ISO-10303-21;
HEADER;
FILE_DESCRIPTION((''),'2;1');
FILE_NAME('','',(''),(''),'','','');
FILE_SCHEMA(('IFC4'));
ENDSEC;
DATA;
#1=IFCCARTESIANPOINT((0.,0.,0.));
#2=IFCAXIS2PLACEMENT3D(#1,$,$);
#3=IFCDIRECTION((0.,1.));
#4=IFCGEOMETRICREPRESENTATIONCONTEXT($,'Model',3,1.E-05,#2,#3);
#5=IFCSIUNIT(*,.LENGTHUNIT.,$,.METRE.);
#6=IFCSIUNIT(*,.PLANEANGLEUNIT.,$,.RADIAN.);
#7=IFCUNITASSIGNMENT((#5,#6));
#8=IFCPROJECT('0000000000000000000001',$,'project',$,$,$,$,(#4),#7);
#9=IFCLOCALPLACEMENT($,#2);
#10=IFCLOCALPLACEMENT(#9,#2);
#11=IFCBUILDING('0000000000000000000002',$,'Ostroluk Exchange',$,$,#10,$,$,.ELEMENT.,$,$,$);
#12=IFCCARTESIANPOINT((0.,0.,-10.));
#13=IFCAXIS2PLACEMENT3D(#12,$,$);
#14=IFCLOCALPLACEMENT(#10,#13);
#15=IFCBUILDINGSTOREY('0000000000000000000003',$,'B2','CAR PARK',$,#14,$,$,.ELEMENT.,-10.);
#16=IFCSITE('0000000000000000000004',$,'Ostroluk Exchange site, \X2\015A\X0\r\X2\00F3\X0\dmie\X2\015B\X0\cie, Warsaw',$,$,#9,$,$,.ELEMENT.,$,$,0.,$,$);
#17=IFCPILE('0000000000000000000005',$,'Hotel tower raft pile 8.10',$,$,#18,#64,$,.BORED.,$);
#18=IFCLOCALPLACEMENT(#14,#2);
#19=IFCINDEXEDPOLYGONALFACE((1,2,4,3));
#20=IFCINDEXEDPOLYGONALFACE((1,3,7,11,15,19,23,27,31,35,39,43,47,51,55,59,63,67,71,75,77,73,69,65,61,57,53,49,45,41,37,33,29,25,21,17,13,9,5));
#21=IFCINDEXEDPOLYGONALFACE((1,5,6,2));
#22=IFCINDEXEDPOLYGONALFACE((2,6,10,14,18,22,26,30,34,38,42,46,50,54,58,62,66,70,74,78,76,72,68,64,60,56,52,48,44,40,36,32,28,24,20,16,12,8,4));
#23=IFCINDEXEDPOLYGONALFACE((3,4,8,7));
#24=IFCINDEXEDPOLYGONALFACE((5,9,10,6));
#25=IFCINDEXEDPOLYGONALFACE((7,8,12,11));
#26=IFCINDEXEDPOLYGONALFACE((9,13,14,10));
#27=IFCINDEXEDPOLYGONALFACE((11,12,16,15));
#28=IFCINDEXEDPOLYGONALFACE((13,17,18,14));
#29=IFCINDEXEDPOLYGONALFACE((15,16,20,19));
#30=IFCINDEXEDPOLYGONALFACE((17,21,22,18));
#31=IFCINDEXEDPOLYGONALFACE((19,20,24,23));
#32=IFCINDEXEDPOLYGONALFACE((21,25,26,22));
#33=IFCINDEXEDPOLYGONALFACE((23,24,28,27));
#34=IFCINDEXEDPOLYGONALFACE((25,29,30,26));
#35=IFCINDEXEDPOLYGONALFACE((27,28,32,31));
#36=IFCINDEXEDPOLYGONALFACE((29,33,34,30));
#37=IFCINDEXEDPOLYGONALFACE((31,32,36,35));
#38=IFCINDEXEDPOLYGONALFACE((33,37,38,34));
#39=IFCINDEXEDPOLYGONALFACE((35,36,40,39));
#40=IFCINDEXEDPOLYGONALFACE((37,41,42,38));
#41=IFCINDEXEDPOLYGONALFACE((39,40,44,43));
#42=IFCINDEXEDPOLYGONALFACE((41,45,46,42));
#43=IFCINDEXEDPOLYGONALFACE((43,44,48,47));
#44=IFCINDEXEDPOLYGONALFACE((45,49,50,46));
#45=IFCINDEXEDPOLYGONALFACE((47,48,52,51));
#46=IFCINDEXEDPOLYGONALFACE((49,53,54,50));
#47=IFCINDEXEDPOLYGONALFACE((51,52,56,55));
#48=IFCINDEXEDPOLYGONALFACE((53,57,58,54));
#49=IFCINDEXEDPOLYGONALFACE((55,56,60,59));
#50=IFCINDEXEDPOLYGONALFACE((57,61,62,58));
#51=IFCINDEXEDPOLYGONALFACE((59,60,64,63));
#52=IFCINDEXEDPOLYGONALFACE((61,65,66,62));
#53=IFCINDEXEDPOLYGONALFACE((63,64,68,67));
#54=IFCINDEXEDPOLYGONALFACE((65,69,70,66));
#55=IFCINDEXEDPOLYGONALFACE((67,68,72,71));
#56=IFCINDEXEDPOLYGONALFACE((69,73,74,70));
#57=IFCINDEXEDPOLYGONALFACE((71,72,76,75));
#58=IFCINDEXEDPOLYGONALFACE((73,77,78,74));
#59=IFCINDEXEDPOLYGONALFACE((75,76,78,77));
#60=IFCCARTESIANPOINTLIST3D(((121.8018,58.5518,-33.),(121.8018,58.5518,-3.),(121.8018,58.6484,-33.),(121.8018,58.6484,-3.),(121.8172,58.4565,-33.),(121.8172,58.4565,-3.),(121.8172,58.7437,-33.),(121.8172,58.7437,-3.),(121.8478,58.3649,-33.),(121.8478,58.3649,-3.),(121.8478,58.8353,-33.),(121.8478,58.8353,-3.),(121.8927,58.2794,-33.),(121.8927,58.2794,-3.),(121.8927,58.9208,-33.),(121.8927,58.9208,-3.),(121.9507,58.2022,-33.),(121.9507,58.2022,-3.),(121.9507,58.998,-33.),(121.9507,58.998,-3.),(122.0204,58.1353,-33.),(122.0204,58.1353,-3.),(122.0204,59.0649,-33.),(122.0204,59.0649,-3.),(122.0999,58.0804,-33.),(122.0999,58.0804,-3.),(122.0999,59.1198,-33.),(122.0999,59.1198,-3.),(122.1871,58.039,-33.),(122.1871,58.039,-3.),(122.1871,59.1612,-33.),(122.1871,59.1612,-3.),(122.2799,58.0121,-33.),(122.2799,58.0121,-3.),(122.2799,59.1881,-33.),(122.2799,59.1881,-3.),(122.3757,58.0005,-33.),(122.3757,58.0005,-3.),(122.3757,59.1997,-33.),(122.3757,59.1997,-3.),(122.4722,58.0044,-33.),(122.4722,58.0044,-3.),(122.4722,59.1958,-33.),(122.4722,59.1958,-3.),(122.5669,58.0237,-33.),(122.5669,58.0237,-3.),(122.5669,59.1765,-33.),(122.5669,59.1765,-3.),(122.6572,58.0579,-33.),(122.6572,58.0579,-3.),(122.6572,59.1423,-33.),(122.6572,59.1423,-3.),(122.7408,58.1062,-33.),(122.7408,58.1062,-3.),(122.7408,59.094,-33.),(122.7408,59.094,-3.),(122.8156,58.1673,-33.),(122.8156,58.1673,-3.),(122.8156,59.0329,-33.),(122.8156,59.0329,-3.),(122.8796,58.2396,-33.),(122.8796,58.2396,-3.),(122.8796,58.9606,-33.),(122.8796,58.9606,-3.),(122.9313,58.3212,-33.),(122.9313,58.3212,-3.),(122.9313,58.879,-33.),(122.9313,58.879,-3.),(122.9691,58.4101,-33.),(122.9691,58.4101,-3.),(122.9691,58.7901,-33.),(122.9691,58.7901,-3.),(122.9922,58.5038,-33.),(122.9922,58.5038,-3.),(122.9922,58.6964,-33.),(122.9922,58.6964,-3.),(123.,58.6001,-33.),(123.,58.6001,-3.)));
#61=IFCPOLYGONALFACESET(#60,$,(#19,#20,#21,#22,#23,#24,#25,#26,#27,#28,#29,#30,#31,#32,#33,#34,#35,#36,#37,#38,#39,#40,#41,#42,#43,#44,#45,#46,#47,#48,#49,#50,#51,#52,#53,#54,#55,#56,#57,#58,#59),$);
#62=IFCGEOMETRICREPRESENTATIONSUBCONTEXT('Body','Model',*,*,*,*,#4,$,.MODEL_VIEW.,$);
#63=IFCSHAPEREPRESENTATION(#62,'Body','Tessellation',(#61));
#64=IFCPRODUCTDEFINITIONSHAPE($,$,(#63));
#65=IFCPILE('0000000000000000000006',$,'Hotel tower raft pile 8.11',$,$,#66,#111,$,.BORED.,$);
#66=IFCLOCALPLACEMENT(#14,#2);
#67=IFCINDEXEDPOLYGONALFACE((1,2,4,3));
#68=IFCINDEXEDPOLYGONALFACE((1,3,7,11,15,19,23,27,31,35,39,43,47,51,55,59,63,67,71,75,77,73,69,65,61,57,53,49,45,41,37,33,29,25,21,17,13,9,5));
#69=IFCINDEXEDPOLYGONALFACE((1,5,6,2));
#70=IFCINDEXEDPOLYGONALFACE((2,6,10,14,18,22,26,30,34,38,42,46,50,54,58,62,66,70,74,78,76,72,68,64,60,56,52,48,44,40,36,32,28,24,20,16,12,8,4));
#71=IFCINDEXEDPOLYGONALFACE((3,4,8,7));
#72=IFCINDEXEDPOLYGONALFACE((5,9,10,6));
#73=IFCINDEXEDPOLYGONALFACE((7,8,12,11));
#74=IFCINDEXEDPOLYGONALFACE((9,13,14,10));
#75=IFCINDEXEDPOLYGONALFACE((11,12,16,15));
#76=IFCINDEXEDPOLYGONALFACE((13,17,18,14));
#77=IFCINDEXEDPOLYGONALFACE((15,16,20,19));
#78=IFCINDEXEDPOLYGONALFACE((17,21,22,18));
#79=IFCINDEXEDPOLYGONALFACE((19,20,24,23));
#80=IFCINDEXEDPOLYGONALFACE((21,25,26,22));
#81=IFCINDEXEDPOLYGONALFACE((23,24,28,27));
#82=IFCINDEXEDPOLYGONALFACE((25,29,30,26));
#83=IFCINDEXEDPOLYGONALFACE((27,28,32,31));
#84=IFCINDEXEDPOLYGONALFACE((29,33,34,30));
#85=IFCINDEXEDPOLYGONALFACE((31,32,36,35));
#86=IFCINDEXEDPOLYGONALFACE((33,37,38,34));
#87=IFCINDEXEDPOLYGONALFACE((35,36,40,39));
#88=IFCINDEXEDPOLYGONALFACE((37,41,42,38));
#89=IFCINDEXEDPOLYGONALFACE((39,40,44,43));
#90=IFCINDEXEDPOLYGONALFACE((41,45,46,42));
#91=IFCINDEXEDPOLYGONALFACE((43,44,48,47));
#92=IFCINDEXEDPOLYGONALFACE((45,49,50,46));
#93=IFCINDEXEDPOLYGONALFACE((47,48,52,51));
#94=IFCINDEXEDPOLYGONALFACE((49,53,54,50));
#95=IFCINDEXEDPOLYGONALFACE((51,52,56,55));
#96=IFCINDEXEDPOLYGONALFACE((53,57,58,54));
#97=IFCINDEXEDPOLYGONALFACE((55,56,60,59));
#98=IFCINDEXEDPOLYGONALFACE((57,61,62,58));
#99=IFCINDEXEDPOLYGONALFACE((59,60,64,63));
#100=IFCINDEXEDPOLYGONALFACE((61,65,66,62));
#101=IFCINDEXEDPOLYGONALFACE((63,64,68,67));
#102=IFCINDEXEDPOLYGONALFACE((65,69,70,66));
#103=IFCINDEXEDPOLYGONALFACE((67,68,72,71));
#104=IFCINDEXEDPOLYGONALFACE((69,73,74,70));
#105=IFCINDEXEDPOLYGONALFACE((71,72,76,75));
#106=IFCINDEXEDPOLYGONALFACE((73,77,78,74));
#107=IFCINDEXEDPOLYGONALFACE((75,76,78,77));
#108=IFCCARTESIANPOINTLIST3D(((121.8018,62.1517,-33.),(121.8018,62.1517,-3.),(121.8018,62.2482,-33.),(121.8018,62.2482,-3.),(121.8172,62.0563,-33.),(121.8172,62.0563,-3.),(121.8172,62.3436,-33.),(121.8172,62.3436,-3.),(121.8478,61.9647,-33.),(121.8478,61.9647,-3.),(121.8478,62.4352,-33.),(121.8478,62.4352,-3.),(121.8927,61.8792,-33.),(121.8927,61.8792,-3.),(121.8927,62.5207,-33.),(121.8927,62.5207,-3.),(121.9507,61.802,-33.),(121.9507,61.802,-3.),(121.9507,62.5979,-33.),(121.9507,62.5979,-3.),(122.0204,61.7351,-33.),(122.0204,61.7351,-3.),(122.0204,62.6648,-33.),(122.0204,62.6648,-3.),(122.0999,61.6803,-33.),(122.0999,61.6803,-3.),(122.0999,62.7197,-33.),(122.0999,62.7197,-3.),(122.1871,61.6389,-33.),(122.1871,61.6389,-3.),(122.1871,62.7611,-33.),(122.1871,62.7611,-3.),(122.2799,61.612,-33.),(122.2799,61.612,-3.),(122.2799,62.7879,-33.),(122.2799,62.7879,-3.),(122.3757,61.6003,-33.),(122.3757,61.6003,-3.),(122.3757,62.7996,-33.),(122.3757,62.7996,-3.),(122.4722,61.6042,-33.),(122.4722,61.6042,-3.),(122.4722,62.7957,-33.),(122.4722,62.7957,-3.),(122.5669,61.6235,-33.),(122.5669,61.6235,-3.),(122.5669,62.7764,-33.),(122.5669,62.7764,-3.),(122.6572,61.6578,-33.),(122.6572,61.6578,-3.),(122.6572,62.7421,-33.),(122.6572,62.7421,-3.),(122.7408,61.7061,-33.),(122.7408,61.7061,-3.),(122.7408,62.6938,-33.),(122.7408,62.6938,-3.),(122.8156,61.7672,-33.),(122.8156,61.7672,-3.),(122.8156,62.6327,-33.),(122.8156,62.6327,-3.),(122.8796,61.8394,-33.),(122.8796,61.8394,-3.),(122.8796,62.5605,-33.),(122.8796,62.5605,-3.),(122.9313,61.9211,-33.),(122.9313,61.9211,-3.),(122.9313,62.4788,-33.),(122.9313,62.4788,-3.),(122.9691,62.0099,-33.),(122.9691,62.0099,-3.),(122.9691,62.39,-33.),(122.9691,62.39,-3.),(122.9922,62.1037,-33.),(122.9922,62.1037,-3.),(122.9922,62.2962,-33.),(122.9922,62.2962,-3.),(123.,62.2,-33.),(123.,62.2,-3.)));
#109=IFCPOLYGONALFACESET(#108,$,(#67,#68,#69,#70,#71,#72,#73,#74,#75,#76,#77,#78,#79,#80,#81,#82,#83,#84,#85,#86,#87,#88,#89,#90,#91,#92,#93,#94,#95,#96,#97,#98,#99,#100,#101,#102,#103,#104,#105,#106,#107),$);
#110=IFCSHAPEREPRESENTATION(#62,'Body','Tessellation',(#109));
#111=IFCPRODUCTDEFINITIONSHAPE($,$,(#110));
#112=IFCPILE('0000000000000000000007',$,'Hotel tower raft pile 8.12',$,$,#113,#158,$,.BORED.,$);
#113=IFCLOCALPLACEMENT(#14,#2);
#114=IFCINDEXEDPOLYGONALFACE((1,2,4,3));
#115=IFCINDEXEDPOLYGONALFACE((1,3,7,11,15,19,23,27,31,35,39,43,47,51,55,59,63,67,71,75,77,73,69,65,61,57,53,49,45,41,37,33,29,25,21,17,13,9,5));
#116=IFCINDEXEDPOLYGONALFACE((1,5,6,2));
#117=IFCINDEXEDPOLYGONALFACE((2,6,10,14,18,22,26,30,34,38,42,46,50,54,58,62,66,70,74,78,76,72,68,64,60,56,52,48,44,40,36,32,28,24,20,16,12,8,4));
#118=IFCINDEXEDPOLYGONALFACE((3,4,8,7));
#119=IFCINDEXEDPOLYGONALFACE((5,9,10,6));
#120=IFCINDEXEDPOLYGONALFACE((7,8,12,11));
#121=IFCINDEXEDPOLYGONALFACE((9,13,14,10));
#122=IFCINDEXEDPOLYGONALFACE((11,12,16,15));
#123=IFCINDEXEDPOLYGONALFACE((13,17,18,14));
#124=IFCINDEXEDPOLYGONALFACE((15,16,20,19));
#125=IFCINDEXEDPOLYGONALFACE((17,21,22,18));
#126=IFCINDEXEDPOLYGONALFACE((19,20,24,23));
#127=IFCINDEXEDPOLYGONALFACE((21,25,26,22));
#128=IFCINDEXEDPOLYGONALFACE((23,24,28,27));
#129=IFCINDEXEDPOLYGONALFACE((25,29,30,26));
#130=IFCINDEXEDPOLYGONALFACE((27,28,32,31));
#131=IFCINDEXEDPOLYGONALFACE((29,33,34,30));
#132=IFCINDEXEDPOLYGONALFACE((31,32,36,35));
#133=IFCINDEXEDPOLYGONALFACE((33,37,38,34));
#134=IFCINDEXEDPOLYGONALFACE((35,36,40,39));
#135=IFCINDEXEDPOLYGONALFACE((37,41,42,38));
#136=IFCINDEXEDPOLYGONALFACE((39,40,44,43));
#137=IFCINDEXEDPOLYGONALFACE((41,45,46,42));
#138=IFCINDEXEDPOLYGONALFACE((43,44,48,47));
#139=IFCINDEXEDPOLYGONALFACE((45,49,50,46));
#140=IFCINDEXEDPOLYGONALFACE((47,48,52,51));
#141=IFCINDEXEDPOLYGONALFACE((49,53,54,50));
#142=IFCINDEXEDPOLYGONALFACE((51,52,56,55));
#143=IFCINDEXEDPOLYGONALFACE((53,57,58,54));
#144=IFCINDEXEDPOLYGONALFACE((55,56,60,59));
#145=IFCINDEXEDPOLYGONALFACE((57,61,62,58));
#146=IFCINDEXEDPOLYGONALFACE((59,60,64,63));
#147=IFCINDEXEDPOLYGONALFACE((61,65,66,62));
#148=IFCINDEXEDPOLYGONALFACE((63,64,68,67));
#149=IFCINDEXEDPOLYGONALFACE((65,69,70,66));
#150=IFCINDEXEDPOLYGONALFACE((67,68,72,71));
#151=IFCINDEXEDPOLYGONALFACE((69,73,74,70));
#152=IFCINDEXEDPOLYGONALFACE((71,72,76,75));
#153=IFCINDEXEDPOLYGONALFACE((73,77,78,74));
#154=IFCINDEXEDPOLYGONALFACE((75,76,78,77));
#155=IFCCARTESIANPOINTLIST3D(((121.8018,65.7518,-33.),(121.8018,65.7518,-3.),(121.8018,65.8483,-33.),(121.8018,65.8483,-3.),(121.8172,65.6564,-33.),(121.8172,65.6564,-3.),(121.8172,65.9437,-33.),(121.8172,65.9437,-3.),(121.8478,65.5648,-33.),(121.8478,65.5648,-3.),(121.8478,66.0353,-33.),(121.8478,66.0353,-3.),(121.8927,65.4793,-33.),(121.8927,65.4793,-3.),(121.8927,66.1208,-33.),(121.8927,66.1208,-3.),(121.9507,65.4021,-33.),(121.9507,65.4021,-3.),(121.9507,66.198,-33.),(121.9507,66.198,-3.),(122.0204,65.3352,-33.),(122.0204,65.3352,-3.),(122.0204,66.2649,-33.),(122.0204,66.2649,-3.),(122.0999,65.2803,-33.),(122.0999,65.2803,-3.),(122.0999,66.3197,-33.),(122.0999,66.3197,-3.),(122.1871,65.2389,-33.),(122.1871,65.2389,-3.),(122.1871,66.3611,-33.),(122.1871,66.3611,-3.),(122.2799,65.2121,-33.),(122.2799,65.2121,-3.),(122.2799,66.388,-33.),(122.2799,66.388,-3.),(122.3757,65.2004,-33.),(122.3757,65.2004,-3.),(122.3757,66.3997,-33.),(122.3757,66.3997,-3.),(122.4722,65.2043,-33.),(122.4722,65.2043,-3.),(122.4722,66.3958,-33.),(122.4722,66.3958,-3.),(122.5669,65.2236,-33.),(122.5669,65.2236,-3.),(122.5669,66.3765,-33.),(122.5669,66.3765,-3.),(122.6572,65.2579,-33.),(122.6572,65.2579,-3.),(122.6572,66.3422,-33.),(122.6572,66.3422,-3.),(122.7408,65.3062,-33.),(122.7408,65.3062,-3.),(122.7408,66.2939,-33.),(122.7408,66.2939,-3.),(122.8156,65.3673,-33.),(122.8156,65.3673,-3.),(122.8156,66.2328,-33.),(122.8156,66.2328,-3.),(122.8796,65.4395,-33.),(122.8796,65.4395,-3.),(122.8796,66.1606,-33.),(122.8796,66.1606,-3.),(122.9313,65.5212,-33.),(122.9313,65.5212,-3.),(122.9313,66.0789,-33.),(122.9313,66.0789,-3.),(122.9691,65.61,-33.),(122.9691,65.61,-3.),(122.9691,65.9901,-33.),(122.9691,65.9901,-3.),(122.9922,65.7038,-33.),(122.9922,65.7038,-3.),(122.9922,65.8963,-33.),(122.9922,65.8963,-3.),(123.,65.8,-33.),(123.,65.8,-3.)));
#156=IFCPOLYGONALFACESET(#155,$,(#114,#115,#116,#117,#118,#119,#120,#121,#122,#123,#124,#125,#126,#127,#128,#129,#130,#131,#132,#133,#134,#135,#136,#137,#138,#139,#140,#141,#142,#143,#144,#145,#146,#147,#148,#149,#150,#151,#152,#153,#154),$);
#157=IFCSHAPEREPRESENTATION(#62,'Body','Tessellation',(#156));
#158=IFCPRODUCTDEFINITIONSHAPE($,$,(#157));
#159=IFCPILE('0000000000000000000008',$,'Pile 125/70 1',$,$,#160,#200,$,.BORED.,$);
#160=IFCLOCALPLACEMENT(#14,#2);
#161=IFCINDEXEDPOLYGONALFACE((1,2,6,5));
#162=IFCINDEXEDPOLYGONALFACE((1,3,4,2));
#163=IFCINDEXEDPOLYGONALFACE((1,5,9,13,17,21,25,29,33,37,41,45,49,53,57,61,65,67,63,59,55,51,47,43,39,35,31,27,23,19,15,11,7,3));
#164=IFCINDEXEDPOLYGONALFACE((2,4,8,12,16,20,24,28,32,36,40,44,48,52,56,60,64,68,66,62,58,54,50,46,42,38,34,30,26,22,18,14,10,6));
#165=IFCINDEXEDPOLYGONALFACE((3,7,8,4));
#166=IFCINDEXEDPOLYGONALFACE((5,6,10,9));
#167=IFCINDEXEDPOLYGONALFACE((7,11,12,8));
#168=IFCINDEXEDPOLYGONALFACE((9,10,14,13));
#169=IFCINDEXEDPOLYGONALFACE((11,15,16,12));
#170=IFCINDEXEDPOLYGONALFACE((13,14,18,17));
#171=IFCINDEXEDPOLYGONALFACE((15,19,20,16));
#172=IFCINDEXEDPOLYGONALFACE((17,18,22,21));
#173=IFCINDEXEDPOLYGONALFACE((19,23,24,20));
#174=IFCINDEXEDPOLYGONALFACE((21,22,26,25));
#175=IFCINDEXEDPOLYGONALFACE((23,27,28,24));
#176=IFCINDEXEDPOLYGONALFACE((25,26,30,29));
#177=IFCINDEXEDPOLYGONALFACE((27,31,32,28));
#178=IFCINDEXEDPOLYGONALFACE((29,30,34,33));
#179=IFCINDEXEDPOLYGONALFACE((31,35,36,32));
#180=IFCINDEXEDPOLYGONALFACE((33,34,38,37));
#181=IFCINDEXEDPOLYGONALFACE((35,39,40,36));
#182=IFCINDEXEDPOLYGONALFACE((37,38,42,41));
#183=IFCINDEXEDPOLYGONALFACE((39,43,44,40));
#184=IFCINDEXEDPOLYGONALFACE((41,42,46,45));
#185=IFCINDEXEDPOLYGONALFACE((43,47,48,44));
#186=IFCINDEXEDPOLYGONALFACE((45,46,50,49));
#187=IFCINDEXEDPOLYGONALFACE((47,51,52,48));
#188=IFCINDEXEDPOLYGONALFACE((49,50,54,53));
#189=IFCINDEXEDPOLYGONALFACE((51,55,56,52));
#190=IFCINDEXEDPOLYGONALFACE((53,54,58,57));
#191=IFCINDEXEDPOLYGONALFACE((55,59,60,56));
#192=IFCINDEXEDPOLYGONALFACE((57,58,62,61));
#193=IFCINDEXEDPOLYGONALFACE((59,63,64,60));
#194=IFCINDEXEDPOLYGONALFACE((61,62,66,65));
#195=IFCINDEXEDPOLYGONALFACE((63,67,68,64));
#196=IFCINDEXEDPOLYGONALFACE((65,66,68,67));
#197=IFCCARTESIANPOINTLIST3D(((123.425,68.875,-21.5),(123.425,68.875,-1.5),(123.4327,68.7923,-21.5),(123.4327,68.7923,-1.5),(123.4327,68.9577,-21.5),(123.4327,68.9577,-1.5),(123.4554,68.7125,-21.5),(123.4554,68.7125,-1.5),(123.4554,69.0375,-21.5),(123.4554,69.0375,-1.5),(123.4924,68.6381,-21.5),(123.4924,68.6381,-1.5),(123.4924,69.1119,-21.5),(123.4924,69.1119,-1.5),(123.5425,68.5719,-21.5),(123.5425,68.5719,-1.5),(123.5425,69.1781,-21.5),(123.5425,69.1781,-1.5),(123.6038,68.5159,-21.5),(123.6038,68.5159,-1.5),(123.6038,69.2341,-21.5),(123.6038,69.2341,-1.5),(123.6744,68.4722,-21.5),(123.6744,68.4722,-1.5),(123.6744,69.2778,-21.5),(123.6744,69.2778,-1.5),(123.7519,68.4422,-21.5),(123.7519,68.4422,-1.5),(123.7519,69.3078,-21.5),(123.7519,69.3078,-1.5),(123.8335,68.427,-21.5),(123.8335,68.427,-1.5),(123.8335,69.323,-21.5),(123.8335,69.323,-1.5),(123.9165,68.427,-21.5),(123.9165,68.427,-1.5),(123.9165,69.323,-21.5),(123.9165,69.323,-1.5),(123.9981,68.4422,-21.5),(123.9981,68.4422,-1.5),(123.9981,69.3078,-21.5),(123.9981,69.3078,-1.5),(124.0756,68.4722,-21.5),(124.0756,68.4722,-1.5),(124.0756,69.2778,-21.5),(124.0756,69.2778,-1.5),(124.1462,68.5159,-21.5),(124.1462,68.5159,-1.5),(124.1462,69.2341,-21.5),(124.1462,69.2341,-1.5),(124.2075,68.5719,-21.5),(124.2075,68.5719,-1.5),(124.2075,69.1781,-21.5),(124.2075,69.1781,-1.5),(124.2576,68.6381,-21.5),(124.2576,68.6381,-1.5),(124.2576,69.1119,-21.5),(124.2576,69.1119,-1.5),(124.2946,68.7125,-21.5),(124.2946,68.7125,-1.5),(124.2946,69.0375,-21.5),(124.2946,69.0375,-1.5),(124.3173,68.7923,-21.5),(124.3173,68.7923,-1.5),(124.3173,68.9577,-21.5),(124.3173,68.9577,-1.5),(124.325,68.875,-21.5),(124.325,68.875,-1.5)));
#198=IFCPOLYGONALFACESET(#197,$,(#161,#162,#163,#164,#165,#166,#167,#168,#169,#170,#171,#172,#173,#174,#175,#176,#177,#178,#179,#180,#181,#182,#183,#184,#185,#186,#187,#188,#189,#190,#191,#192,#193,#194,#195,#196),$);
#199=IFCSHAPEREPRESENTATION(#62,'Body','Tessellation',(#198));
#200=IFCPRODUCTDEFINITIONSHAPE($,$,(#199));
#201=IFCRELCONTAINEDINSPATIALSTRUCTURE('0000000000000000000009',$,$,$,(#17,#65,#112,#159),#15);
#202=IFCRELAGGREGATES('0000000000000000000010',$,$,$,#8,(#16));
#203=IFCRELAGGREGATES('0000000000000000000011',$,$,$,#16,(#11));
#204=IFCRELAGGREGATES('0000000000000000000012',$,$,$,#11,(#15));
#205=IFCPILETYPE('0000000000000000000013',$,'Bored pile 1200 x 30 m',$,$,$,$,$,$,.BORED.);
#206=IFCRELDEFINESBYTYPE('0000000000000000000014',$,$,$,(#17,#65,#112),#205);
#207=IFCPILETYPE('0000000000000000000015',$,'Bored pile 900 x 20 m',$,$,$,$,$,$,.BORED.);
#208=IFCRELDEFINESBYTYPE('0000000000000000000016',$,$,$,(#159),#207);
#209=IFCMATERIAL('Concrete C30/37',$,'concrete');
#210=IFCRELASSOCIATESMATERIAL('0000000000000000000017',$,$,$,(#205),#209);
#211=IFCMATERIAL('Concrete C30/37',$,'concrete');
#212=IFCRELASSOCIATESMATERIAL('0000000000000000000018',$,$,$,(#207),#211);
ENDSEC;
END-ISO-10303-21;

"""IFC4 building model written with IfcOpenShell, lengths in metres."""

from ifc_helpers import new_model, si_unit, direction, frame, origin, origin_2d, place, context, subcontext, project, spatial, circle, extrude, material, type_object, element, save


model = new_model("IFC4")

# Units and contexts
model_context = context("Model", 3, precision=1e-05, world=origin(), true_north=direction((0.0, 1.0)))
body_context = subcontext(model_context, "Body", "Model", "MODEL_VIEW")
ifc_project = project(units=[si_unit("LENGTHUNIT", "METRE"), si_unit("PLANEANGLEUNIT", "RADIAN")], contexts=[model_context])

# Site, building, storey
site_placement = place(None, origin())
site = spatial("IfcSite", under=ifc_project, at=site_placement, Name="Ostroluk Exchange site, Śródmieście, Warsaw", CompositionType="ELEMENT", RefElevation=0.0)
building_placement = place(site_placement, origin())
building = spatial("IfcBuilding", under=site, at=building_placement, Name="Ostroluk Exchange", CompositionType="ELEMENT")
storey_placement = place(building_placement, frame((0.0, 0.0, -10.0)))
storey = spatial("IfcBuildingStorey", under=building, at=storey_placement, Name="B2", Description="CAR PARK", CompositionType="ELEMENT", Elevation=-10.0)

# Piles
ifc_material_1 = material(Name="Concrete C30/37", Category="concrete")
pile_type_1 = type_object("IfcPileType", Name="Bored pile 1200 x 30 m", PredefinedType="BORED", material=ifc_material_1)
for number, where, z_axis, x_axis, name in (
    (1, (122.3999, 58.6001, -3.0), (0.0, 0.0, -1.0), (1.0, 0.0, 0.0), "Hotel tower raft pile 8.10"),
    (2, (122.3999, 62.2, -3.0), (0.0, 0.0, -1.0), (1.0, 0.0, 0.0), "Hotel tower raft pile 8.11"),
    (3, (122.3999, 65.8, -3.0), (0.0, 0.0, -1.0), (1.0, 0.0, 0.0), "Hotel tower raft pile 8.12"),
):
    element("IfcPile", number, at=place(storey_placement, frame(where, z_axis=z_axis, x_axis=x_axis)), inside=storey, type_object=pile_type_1, Name=name, PredefinedType="BORED", context=body_context, shape_type="SweptSolid", body=[
        extrude(circle(Radius=0.6001, at=origin_2d()), origin(), (0.0, 0.0, 1.0), 30.0),
    ])
ifc_material_2 = material(Name="Concrete C30/37", Category="concrete")
pile_type_2 = type_object("IfcPileType", Name="Bored pile 900 x 20 m", PredefinedType="BORED", material=ifc_material_2)
pile_placement = place(storey_placement, frame((123.875, 68.875, -1.5), z_axis=(0.0, 0.0, -1.0), x_axis=(1.0, 0.0, 0.0)))
element("IfcPile", 4, at=pile_placement, inside=storey, type_object=pile_type_2, Name="Pile 125/70 1", PredefinedType="BORED", context=body_context, shape_type="SweptSolid", body=[
    extrude(circle(Radius=0.45, at=origin_2d()), origin(), (0.0, 0.0, 1.0), 20.0),
])

save(model, "model.ifc")
